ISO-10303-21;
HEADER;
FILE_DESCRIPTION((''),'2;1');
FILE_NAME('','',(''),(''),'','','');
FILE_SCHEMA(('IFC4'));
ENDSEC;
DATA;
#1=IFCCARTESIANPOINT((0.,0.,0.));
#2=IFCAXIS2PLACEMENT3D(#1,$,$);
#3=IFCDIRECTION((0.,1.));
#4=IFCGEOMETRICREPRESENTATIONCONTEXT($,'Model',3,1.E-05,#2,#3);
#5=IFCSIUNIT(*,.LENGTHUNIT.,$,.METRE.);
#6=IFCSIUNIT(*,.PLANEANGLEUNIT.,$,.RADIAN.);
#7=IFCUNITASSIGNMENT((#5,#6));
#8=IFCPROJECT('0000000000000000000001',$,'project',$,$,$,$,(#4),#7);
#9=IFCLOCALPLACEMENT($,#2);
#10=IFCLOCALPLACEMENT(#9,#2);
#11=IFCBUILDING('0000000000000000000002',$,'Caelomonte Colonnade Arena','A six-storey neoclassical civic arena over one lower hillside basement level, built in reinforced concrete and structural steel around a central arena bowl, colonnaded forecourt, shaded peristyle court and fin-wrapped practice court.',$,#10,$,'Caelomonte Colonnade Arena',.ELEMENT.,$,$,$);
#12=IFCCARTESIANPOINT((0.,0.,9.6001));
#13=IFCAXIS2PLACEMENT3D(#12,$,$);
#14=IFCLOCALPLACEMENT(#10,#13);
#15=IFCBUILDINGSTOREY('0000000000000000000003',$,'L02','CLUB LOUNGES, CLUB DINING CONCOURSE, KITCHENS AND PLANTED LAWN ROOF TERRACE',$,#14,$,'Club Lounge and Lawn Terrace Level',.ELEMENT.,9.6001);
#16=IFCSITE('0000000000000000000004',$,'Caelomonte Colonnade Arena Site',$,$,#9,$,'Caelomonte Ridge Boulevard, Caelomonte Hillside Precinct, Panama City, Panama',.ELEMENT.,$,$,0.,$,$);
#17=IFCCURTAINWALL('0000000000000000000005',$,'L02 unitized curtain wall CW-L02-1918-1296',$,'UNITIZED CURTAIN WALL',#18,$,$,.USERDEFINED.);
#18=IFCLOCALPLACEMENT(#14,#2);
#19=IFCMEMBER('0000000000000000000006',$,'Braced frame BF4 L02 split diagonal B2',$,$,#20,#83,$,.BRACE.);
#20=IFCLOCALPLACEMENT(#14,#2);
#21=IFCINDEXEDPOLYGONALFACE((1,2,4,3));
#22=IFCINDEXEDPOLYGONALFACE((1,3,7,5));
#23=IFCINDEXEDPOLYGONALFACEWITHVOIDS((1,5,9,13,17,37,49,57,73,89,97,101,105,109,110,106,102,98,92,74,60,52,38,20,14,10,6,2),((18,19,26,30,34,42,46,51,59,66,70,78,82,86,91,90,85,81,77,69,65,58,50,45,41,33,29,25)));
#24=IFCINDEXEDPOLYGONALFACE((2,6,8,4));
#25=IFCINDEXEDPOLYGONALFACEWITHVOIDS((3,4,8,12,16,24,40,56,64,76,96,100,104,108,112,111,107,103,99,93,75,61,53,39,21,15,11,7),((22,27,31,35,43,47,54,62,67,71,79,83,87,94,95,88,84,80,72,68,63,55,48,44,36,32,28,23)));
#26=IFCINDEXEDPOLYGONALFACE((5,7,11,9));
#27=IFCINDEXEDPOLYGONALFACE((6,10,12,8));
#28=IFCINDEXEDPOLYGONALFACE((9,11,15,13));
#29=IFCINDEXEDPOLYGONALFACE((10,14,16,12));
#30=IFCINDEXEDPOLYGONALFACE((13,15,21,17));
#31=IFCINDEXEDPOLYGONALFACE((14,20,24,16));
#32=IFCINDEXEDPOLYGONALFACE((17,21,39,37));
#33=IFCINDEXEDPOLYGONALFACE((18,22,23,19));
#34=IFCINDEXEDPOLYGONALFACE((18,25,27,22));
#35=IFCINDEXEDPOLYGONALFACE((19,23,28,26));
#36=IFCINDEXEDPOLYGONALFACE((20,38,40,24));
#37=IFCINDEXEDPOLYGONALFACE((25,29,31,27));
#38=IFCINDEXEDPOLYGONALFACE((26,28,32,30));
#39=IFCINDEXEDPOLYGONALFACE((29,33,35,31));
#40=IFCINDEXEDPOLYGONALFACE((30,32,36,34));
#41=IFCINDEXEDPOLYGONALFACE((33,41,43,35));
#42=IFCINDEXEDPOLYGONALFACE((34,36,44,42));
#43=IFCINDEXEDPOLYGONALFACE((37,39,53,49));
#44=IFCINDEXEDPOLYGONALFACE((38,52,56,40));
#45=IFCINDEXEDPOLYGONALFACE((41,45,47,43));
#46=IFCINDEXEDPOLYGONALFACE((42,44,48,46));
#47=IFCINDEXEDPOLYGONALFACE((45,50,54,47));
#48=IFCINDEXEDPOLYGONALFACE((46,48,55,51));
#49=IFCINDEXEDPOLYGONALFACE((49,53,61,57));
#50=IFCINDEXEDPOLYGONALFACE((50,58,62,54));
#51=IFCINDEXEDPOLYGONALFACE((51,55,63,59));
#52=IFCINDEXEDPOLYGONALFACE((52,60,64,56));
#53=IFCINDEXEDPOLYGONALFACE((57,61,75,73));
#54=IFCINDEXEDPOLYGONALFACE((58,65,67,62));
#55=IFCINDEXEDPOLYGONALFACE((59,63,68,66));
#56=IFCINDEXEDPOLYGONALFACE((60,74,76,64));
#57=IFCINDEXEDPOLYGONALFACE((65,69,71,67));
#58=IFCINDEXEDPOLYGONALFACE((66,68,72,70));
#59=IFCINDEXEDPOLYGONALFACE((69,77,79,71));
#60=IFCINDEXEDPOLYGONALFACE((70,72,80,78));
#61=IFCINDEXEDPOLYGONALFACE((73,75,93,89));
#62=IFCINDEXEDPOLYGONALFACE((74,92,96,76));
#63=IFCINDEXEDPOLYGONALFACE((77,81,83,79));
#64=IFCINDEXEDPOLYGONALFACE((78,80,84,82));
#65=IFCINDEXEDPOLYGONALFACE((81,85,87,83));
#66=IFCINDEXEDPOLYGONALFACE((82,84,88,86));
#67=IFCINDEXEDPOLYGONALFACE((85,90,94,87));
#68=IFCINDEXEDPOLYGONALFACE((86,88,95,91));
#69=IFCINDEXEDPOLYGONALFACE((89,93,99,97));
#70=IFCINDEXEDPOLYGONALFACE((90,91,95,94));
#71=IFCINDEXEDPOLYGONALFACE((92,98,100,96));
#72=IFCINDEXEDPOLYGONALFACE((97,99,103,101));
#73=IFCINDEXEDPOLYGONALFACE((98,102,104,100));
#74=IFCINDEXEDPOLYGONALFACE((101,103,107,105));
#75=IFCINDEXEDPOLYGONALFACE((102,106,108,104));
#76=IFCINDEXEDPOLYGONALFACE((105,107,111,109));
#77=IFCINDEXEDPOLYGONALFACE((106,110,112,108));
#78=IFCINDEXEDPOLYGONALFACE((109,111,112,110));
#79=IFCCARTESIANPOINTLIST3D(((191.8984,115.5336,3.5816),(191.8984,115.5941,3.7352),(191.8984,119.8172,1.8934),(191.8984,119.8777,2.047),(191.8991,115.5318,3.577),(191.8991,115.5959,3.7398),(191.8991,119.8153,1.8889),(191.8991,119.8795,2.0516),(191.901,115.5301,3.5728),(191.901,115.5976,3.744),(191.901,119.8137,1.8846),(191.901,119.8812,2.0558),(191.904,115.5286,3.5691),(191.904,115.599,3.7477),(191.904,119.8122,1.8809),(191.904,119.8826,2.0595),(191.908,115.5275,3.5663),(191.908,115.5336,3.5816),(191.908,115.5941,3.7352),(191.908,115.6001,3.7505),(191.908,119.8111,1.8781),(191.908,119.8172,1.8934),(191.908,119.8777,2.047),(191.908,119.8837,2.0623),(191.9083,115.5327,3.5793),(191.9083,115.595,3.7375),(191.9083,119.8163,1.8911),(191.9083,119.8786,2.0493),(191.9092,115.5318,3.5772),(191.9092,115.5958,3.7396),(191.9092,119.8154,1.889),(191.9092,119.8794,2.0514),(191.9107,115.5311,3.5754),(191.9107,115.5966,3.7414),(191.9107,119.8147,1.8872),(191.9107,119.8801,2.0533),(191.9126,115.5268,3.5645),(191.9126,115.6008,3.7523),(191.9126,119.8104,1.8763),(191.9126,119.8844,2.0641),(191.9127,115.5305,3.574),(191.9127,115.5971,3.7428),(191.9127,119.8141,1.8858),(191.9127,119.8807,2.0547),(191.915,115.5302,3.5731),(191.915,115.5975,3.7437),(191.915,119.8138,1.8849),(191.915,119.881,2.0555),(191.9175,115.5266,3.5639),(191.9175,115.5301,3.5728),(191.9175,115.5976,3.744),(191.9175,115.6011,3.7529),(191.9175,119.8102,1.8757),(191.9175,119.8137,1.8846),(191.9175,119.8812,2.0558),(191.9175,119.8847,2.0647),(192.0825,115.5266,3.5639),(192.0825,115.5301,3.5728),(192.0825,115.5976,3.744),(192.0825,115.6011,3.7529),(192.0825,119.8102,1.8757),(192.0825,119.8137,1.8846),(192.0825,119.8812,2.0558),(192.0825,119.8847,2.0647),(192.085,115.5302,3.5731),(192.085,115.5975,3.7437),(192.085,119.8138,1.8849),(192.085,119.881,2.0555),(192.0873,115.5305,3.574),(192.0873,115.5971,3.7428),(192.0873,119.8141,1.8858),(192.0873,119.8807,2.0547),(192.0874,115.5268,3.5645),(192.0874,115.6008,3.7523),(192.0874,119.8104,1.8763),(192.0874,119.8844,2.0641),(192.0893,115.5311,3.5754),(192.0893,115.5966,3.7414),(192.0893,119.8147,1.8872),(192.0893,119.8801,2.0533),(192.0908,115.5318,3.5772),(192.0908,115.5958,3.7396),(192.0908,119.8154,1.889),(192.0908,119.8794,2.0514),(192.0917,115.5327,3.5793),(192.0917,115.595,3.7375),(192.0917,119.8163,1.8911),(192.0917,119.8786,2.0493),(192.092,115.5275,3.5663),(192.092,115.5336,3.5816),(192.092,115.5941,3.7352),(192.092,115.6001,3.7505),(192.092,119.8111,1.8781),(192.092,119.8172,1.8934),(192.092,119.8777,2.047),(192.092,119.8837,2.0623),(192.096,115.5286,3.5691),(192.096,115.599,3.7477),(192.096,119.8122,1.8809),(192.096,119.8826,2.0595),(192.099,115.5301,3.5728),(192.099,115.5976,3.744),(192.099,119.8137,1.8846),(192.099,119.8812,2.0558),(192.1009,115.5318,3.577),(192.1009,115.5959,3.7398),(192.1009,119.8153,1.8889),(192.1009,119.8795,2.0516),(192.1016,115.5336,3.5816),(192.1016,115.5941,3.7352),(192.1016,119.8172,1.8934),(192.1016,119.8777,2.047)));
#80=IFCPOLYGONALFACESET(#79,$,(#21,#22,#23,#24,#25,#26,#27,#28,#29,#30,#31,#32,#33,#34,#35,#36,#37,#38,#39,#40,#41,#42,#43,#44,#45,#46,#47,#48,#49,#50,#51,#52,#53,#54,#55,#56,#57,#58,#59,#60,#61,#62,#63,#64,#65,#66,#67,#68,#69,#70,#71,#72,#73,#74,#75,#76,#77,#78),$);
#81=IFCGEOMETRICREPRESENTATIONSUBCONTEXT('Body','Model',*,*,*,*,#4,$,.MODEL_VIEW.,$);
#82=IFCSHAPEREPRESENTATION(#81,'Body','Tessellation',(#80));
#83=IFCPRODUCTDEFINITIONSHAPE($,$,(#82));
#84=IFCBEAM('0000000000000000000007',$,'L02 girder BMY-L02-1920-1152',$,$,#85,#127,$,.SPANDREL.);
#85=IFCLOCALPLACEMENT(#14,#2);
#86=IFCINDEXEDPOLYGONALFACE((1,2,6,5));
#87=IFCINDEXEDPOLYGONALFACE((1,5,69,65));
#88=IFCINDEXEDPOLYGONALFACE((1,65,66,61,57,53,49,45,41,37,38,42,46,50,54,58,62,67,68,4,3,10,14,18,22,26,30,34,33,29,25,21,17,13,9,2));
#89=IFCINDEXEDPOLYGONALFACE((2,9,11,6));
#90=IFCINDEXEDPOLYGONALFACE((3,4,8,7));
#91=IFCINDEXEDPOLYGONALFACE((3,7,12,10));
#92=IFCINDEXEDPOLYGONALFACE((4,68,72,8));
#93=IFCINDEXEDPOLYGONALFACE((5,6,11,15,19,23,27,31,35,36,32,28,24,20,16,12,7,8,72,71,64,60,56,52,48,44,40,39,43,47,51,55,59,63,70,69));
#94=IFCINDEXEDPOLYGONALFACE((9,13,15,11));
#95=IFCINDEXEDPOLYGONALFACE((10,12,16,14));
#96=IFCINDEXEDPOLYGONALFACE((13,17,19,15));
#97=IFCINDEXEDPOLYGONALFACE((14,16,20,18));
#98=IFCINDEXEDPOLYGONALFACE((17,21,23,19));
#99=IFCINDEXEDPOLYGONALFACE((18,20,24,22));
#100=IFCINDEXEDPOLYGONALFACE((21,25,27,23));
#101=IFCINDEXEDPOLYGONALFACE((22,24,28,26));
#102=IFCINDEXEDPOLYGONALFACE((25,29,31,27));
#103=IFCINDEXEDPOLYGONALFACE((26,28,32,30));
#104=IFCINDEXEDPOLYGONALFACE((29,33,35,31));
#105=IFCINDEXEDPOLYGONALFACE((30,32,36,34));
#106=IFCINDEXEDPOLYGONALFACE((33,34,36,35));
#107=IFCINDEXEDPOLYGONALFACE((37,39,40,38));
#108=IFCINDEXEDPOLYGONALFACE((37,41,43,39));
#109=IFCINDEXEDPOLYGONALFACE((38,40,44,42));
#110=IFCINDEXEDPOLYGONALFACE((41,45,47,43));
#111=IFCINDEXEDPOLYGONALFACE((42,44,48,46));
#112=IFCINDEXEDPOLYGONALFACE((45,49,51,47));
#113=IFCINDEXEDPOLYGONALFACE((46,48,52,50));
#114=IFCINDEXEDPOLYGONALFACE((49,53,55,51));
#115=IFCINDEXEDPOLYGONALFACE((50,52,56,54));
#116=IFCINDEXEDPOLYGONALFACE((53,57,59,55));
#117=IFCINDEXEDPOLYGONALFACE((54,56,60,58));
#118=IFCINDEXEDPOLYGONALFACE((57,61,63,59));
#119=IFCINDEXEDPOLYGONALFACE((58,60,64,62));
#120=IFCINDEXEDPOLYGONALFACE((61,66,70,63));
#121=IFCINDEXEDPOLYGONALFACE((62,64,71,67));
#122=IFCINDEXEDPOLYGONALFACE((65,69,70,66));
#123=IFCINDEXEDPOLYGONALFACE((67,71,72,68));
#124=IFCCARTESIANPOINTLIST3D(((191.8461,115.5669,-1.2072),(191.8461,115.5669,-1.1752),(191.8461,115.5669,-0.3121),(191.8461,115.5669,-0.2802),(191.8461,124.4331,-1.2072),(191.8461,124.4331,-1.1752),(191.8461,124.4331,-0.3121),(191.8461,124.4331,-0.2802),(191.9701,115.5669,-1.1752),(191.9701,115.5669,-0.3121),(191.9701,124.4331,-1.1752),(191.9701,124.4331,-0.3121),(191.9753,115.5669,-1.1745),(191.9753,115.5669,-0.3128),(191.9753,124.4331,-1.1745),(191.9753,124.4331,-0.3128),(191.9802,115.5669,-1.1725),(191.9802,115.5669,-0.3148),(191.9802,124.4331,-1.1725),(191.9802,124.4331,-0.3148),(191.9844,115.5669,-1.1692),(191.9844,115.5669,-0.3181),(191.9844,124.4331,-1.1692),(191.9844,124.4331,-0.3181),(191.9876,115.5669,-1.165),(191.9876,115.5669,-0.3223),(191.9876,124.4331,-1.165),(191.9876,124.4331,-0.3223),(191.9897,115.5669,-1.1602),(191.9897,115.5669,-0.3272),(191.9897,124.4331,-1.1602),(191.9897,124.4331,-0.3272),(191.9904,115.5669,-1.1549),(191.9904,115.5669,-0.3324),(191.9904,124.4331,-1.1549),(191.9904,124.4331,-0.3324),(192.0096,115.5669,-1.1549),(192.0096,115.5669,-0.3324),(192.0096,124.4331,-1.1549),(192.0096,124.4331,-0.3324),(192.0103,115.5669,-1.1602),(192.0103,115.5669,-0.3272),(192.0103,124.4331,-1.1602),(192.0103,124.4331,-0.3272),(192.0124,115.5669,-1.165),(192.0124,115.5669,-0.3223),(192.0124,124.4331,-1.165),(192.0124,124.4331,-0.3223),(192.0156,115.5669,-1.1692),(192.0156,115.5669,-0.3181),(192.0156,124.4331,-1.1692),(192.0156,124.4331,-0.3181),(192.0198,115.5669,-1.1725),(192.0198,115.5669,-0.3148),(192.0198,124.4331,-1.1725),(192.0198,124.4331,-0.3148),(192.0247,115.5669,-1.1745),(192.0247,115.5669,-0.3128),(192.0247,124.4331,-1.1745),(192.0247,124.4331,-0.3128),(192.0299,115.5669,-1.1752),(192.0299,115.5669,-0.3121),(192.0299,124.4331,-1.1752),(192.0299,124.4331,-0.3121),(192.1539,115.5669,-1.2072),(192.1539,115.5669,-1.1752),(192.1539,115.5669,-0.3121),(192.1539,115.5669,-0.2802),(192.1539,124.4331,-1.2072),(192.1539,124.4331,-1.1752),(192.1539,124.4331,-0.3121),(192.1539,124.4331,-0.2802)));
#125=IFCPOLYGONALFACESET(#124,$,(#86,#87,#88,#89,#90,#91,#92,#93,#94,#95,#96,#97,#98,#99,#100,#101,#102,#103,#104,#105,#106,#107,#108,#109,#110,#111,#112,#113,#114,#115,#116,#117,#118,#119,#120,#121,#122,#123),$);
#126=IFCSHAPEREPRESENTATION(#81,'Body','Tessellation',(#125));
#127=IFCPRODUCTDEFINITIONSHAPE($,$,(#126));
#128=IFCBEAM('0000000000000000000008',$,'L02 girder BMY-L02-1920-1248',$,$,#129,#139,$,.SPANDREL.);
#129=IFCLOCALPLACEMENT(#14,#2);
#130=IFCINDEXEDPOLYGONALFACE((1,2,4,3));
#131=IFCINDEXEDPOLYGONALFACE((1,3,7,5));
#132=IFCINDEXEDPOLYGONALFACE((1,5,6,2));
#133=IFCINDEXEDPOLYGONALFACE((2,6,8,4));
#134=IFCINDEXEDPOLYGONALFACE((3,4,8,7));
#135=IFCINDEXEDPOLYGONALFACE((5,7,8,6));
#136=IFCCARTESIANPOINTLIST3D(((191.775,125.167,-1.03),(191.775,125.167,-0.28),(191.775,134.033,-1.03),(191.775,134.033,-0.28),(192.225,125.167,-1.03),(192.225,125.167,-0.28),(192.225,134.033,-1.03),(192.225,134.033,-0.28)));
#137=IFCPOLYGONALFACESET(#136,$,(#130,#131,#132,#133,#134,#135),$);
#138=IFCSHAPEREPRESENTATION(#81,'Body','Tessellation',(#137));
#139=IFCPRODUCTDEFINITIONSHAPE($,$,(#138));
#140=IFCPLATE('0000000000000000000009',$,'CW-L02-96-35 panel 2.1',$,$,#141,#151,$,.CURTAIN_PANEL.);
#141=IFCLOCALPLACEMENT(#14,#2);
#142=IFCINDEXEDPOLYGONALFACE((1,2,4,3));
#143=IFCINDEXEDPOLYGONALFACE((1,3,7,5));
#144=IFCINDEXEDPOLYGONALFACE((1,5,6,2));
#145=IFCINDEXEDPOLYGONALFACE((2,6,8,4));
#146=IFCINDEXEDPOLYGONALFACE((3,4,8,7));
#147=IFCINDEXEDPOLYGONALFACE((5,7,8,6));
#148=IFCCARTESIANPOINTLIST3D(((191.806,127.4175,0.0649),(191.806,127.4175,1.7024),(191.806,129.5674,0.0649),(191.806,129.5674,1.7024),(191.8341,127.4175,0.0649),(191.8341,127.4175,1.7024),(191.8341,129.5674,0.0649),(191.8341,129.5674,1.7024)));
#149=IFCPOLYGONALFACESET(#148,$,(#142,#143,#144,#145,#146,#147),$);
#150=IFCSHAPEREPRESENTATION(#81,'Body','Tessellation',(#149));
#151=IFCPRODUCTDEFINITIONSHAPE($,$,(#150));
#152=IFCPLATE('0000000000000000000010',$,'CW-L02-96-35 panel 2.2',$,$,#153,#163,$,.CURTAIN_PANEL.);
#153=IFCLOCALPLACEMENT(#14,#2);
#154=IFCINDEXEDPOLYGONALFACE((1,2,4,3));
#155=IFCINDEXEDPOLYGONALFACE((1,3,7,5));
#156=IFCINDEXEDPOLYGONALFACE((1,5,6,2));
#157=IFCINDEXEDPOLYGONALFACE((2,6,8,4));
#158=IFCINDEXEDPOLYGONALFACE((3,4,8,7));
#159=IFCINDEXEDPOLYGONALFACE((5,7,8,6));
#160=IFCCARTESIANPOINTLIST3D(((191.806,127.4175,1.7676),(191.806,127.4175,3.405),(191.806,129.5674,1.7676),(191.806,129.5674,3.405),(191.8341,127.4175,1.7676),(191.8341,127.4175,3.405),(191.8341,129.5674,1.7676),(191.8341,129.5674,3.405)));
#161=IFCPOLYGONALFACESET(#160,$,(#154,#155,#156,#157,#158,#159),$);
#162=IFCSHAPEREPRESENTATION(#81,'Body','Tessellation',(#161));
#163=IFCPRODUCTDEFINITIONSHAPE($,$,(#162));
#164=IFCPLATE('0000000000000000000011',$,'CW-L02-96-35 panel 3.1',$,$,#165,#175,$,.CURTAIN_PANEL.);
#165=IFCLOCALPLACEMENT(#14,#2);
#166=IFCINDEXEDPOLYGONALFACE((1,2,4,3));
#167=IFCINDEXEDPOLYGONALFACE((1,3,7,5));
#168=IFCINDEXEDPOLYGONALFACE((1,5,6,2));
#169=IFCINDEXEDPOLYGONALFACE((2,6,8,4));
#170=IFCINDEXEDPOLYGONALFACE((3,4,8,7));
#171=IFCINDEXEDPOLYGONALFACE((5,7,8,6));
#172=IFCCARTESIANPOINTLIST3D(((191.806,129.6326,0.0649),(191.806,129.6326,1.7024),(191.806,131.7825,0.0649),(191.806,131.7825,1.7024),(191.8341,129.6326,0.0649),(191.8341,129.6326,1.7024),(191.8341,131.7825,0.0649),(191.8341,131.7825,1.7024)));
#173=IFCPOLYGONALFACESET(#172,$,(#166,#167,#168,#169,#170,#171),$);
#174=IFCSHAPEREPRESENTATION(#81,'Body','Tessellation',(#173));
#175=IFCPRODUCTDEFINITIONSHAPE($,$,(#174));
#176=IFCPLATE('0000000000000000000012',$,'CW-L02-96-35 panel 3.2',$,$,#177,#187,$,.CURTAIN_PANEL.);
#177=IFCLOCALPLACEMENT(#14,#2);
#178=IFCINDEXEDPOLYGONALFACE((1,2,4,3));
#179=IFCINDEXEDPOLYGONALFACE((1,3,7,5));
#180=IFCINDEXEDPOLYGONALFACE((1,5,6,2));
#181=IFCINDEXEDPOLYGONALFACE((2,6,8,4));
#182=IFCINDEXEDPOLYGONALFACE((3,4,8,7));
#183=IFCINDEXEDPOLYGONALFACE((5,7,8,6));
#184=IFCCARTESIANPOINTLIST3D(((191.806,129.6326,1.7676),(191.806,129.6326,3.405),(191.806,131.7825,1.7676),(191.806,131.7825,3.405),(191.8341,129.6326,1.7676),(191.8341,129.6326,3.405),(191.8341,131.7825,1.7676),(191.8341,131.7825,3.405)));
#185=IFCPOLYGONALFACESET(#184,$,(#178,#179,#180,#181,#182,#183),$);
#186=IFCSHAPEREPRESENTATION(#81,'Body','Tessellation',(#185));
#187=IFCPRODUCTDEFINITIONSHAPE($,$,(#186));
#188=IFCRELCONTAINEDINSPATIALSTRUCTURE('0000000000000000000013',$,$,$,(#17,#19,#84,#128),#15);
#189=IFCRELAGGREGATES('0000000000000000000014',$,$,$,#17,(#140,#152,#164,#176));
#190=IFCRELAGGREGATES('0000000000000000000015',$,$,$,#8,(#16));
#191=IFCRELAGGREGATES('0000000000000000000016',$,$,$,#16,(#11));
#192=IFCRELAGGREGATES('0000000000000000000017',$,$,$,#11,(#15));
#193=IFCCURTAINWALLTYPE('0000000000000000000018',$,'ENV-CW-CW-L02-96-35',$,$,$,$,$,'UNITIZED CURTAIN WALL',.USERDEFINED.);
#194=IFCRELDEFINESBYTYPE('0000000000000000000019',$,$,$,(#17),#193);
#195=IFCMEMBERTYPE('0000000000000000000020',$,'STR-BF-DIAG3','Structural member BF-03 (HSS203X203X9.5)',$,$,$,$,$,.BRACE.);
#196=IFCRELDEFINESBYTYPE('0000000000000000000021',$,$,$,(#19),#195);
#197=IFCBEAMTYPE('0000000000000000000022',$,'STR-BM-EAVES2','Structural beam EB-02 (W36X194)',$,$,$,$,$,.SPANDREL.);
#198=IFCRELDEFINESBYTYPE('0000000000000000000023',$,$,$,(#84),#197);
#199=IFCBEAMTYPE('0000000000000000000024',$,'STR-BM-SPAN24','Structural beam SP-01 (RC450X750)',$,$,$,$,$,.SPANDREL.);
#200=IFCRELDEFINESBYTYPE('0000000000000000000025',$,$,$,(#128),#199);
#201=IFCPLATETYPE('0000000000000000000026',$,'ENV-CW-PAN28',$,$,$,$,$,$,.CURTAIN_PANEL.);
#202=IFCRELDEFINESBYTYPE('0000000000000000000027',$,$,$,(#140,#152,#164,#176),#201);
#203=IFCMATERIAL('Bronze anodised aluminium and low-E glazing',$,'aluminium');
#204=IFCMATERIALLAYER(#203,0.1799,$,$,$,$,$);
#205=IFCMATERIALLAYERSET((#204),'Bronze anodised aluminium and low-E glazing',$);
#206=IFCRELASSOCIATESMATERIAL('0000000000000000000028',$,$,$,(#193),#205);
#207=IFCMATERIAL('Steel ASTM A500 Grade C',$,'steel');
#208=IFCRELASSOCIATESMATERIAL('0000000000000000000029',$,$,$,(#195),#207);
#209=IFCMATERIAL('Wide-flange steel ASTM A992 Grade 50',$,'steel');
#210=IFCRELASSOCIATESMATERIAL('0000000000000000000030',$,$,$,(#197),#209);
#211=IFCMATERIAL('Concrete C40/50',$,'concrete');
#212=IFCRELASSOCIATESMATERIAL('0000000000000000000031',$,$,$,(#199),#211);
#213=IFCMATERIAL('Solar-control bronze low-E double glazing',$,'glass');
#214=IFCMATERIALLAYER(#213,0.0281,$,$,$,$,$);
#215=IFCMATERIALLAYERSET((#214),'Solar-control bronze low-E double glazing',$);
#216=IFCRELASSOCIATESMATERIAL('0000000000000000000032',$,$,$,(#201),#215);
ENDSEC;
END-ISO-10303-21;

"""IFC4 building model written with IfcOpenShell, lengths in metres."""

from ifc_helpers import new_model, si_unit, direction, frame, origin, origin_2d, place, context, subcontext, project, spatial, rectangle, hollow_rectangle, i_section, extrude, material, layer, layer_set, material_profile, profile_set, type_object, element, aggregate, save


model = new_model("IFC4")

# Units and contexts
model_context = context("Model", 3, precision=1e-05, world=origin(), true_north=direction((0.0, 1.0)))
body_context = subcontext(model_context, "Body", "Model", "MODEL_VIEW")
ifc_project = project(units=[si_unit("LENGTHUNIT", "METRE"), si_unit("PLANEANGLEUNIT", "RADIAN")], contexts=[model_context])

# Site, building, storey
site_placement = place(None, origin())
site = spatial("IfcSite", under=ifc_project, at=site_placement, Name="Caelomonte Colonnade Arena Site", LongName="Caelomonte Ridge Boulevard, Caelomonte Hillside Precinct, Panama City, Panama", CompositionType="ELEMENT", RefElevation=0.0)
building_placement = place(site_placement, origin())
building = spatial("IfcBuilding", under=site, at=building_placement, Name="Caelomonte Colonnade Arena", Description="A six-storey neoclassical civic arena over one lower hillside basement level, built in reinforced concrete and structural steel around a central arena bowl, colonnaded forecourt, shaded peristyle court and fin-wrapped practice court.", LongName="Caelomonte Colonnade Arena", CompositionType="ELEMENT")
storey_placement = place(building_placement, frame((0.0, 0.0, 9.6001)))
storey = spatial("IfcBuildingStorey", under=building, at=storey_placement, Name="L02", Description="CLUB LOUNGES, CLUB DINING CONCOURSE, KITCHENS AND PLANTED LAWN ROOF TERRACE", LongName="Club Lounge and Lawn Terrace Level", CompositionType="ELEMENT", Elevation=9.6001)

# Shared definitions
ifc_material_1 = material(Name="Concrete C40/50", Category="concrete")

# Curtain wall
ifc_material_2 = material(Name="Bronze anodised aluminium and low-E glazing", Category="aluminium")
ifc_layer_1 = layer(ifc_material_2, 0.1799)
ifc_layer_set_1 = layer_set([ifc_layer_1], Name="Bronze anodised aluminium and low-E glazing")
curtain_wall_type = type_object("IfcCurtainWallType", Name="ENV-CW-CW-L02-96-35", ElementType="UNITIZED CURTAIN WALL", PredefinedType="USERDEFINED", material=ifc_layer_set_1)
curtain_wall_placement = place(storey_placement, origin())
curtain_wall = element("IfcCurtainWall", 1, at=curtain_wall_placement, inside=storey, type_object=curtain_wall_type, Name="L02 unitized curtain wall CW-L02-1918-1296", ObjectType="UNITIZED CURTAIN WALL", PredefinedType="USERDEFINED")

# Member
ifc_material_3 = material(Name="Steel ASTM A500 Grade C", Category="steel")
ifc_material_profile_1 = material_profile(ifc_material_3, hollow_rectangle(XDim=0.2031, YDim=0.2031, WallThickness=0.0095, InnerFilletRadius=0.0095, OuterFilletRadius=0.019, at=origin_2d()), Name="HSS203X203X9.5")
ifc_profile_set_1 = profile_set([ifc_material_profile_1], Name="Steel ASTM A500 Grade C")
member_type_1 = type_object("IfcMemberType", Name="STR-BF-DIAG3", Description="Structural member BF-03 (HSS203X203X9.5)", PredefinedType="BRACE", material=ifc_profile_set_1)
for number, where, z_axis, x_axis, name in (
    (2, (192.0, 119.8474, 1.9702), (0.0, -0.930355, 0.366659), (1.0, 0.0, 0.0), "Braced frame BF4 L02 split diagonal B2"),
):
    element("IfcMember", number, at=place(storey_placement, frame(where, z_axis=z_axis, x_axis=x_axis)), inside=storey, type_object=member_type_1, Name=name, PredefinedType="BRACE", context=body_context, shape_type="SweptSolid", body=[
        extrude(hollow_rectangle(XDim=0.2031, YDim=0.2031, WallThickness=0.0095, InnerFilletRadius=0.0095, OuterFilletRadius=0.019, at=origin_2d()), origin(), (0.0, 0.0, 1.0), 4.6042),
    ])

# Beams
ifc_material_4 = material(Name="Wide-flange steel ASTM A992 Grade 50", Category="steel")
ifc_material_profile_2 = material_profile(ifc_material_4, i_section(OverallWidth=0.3079, OverallDepth=0.927, WebThickness=0.0193, FlangeThickness=0.032, FilletRadius=0.0203, at=origin_2d()), Name="W36X194")
ifc_profile_set_2 = profile_set([ifc_material_profile_2], Name="Wide-flange steel ASTM A992 Grade 50")
beam_type_1 = type_object("IfcBeamType", Name="STR-BM-EAVES2", Description="Structural beam EB-02 (W36X194)", PredefinedType="SPANDREL", material=ifc_profile_set_2)
beam_1_placement = place(storey_placement, frame((192.0, 115.5669, -0.7437), z_axis=(0.0, 1.0, 0.0), x_axis=(-1.0, 0.0, 0.0)))
element("IfcBeam", 3, at=beam_1_placement, inside=storey, type_object=beam_type_1, Name="L02 girder BMY-L02-1920-1152", PredefinedType="SPANDREL", context=body_context, shape_type="SweptSolid", body=[
    extrude(i_section(OverallWidth=0.3079, OverallDepth=0.927, WebThickness=0.0193, FlangeThickness=0.032, FilletRadius=0.0203, at=origin_2d()), origin(), (0.0, 0.0, 1.0), 8.8662),
])
ifc_material_profile_3 = material_profile(ifc_material_1, rectangle(XDim=0.45, YDim=0.75, at=origin_2d()), Name="RC450X750")
ifc_profile_set_3 = profile_set([ifc_material_profile_3], Name="Concrete C40/50")
beam_type_2 = type_object("IfcBeamType", Name="STR-BM-SPAN24", Description="Structural beam SP-01 (RC450X750)", PredefinedType="SPANDREL", material=ifc_profile_set_3)
beam_2_placement = place(storey_placement, frame((192.0, 125.167, -0.655), z_axis=(0.0, 1.0, 0.0), x_axis=(-1.0, 0.0, 0.0)))
element("IfcBeam", 4, at=beam_2_placement, inside=storey, type_object=beam_type_2, Name="L02 girder BMY-L02-1920-1248", PredefinedType="SPANDREL", context=body_context, shape_type="SweptSolid", body=[
    extrude(rectangle(XDim=0.45, YDim=0.75, at=origin_2d()), origin(), (0.0, 0.0, 1.0), 8.866),
])

# Plates
ifc_material_5 = material(Name="Solar-control bronze low-E double glazing", Category="glass")
ifc_layer_2 = layer(ifc_material_5, 0.0281)
ifc_layer_set_2 = layer_set([ifc_layer_2], Name="Solar-control bronze low-E double glazing")
plate_type_1 = type_object("IfcPlateType", Name="ENV-CW-PAN28", PredefinedType="CURTAIN_PANEL", material=ifc_layer_set_2)
plate_1_placement = place(storey_placement, frame((191.8201, 128.4924, 0.0649), z_axis=(0.0, 0.0, 1.0), x_axis=(0.0, 1.0, 0.0)))
plate_1 = element("IfcPlate", 5, at=plate_1_placement, type_object=plate_type_1, Name="CW-L02-96-35 panel 2.1", PredefinedType="CURTAIN_PANEL", context=body_context, shape_type="SweptSolid", body=[
    extrude(rectangle(XDim=2.1499, YDim=0.0281, at=origin_2d()), origin(), (0.0, 0.0, 1.0), 1.6375),
])
plate_2_placement = place(storey_placement, frame((191.8201, 128.4924, 1.7676), z_axis=(0.0, 0.0, 1.0), x_axis=(0.0, 1.0, 0.0)))
plate_2 = element("IfcPlate", 6, at=plate_2_placement, type_object=plate_type_1, Name="CW-L02-96-35 panel 2.2", PredefinedType="CURTAIN_PANEL", context=body_context, shape_type="SweptSolid", body=[
    extrude(rectangle(XDim=2.1499, YDim=0.0281, at=origin_2d()), origin(), (0.0, 0.0, 1.0), 1.6375),
])
plate_3_placement = place(storey_placement, frame((191.8201, 130.7075, 0.0649), z_axis=(0.0, 0.0, 1.0), x_axis=(0.0, 1.0, 0.0)))
plate_3 = element("IfcPlate", 7, at=plate_3_placement, type_object=plate_type_1, Name="CW-L02-96-35 panel 3.1", PredefinedType="CURTAIN_PANEL", context=body_context, shape_type="SweptSolid", body=[
    extrude(rectangle(XDim=2.1499, YDim=0.0281, at=origin_2d()), origin(), (0.0, 0.0, 1.0), 1.6375),
])
plate_4_placement = place(storey_placement, frame((191.8201, 130.7075, 1.7676), z_axis=(0.0, 0.0, 1.0), x_axis=(0.0, 1.0, 0.0)))
plate_4 = element("IfcPlate", 8, at=plate_4_placement, type_object=plate_type_1, Name="CW-L02-96-35 panel 3.2", PredefinedType="CURTAIN_PANEL", context=body_context, shape_type="SweptSolid", body=[
    extrude(rectangle(XDim=2.1499, YDim=0.0281, at=origin_2d()), origin(), (0.0, 0.0, 1.0), 1.6375),
])
aggregate(curtain_wall, [plate_1, plate_2, plate_3, plate_4])

save(model, "model.ifc")
